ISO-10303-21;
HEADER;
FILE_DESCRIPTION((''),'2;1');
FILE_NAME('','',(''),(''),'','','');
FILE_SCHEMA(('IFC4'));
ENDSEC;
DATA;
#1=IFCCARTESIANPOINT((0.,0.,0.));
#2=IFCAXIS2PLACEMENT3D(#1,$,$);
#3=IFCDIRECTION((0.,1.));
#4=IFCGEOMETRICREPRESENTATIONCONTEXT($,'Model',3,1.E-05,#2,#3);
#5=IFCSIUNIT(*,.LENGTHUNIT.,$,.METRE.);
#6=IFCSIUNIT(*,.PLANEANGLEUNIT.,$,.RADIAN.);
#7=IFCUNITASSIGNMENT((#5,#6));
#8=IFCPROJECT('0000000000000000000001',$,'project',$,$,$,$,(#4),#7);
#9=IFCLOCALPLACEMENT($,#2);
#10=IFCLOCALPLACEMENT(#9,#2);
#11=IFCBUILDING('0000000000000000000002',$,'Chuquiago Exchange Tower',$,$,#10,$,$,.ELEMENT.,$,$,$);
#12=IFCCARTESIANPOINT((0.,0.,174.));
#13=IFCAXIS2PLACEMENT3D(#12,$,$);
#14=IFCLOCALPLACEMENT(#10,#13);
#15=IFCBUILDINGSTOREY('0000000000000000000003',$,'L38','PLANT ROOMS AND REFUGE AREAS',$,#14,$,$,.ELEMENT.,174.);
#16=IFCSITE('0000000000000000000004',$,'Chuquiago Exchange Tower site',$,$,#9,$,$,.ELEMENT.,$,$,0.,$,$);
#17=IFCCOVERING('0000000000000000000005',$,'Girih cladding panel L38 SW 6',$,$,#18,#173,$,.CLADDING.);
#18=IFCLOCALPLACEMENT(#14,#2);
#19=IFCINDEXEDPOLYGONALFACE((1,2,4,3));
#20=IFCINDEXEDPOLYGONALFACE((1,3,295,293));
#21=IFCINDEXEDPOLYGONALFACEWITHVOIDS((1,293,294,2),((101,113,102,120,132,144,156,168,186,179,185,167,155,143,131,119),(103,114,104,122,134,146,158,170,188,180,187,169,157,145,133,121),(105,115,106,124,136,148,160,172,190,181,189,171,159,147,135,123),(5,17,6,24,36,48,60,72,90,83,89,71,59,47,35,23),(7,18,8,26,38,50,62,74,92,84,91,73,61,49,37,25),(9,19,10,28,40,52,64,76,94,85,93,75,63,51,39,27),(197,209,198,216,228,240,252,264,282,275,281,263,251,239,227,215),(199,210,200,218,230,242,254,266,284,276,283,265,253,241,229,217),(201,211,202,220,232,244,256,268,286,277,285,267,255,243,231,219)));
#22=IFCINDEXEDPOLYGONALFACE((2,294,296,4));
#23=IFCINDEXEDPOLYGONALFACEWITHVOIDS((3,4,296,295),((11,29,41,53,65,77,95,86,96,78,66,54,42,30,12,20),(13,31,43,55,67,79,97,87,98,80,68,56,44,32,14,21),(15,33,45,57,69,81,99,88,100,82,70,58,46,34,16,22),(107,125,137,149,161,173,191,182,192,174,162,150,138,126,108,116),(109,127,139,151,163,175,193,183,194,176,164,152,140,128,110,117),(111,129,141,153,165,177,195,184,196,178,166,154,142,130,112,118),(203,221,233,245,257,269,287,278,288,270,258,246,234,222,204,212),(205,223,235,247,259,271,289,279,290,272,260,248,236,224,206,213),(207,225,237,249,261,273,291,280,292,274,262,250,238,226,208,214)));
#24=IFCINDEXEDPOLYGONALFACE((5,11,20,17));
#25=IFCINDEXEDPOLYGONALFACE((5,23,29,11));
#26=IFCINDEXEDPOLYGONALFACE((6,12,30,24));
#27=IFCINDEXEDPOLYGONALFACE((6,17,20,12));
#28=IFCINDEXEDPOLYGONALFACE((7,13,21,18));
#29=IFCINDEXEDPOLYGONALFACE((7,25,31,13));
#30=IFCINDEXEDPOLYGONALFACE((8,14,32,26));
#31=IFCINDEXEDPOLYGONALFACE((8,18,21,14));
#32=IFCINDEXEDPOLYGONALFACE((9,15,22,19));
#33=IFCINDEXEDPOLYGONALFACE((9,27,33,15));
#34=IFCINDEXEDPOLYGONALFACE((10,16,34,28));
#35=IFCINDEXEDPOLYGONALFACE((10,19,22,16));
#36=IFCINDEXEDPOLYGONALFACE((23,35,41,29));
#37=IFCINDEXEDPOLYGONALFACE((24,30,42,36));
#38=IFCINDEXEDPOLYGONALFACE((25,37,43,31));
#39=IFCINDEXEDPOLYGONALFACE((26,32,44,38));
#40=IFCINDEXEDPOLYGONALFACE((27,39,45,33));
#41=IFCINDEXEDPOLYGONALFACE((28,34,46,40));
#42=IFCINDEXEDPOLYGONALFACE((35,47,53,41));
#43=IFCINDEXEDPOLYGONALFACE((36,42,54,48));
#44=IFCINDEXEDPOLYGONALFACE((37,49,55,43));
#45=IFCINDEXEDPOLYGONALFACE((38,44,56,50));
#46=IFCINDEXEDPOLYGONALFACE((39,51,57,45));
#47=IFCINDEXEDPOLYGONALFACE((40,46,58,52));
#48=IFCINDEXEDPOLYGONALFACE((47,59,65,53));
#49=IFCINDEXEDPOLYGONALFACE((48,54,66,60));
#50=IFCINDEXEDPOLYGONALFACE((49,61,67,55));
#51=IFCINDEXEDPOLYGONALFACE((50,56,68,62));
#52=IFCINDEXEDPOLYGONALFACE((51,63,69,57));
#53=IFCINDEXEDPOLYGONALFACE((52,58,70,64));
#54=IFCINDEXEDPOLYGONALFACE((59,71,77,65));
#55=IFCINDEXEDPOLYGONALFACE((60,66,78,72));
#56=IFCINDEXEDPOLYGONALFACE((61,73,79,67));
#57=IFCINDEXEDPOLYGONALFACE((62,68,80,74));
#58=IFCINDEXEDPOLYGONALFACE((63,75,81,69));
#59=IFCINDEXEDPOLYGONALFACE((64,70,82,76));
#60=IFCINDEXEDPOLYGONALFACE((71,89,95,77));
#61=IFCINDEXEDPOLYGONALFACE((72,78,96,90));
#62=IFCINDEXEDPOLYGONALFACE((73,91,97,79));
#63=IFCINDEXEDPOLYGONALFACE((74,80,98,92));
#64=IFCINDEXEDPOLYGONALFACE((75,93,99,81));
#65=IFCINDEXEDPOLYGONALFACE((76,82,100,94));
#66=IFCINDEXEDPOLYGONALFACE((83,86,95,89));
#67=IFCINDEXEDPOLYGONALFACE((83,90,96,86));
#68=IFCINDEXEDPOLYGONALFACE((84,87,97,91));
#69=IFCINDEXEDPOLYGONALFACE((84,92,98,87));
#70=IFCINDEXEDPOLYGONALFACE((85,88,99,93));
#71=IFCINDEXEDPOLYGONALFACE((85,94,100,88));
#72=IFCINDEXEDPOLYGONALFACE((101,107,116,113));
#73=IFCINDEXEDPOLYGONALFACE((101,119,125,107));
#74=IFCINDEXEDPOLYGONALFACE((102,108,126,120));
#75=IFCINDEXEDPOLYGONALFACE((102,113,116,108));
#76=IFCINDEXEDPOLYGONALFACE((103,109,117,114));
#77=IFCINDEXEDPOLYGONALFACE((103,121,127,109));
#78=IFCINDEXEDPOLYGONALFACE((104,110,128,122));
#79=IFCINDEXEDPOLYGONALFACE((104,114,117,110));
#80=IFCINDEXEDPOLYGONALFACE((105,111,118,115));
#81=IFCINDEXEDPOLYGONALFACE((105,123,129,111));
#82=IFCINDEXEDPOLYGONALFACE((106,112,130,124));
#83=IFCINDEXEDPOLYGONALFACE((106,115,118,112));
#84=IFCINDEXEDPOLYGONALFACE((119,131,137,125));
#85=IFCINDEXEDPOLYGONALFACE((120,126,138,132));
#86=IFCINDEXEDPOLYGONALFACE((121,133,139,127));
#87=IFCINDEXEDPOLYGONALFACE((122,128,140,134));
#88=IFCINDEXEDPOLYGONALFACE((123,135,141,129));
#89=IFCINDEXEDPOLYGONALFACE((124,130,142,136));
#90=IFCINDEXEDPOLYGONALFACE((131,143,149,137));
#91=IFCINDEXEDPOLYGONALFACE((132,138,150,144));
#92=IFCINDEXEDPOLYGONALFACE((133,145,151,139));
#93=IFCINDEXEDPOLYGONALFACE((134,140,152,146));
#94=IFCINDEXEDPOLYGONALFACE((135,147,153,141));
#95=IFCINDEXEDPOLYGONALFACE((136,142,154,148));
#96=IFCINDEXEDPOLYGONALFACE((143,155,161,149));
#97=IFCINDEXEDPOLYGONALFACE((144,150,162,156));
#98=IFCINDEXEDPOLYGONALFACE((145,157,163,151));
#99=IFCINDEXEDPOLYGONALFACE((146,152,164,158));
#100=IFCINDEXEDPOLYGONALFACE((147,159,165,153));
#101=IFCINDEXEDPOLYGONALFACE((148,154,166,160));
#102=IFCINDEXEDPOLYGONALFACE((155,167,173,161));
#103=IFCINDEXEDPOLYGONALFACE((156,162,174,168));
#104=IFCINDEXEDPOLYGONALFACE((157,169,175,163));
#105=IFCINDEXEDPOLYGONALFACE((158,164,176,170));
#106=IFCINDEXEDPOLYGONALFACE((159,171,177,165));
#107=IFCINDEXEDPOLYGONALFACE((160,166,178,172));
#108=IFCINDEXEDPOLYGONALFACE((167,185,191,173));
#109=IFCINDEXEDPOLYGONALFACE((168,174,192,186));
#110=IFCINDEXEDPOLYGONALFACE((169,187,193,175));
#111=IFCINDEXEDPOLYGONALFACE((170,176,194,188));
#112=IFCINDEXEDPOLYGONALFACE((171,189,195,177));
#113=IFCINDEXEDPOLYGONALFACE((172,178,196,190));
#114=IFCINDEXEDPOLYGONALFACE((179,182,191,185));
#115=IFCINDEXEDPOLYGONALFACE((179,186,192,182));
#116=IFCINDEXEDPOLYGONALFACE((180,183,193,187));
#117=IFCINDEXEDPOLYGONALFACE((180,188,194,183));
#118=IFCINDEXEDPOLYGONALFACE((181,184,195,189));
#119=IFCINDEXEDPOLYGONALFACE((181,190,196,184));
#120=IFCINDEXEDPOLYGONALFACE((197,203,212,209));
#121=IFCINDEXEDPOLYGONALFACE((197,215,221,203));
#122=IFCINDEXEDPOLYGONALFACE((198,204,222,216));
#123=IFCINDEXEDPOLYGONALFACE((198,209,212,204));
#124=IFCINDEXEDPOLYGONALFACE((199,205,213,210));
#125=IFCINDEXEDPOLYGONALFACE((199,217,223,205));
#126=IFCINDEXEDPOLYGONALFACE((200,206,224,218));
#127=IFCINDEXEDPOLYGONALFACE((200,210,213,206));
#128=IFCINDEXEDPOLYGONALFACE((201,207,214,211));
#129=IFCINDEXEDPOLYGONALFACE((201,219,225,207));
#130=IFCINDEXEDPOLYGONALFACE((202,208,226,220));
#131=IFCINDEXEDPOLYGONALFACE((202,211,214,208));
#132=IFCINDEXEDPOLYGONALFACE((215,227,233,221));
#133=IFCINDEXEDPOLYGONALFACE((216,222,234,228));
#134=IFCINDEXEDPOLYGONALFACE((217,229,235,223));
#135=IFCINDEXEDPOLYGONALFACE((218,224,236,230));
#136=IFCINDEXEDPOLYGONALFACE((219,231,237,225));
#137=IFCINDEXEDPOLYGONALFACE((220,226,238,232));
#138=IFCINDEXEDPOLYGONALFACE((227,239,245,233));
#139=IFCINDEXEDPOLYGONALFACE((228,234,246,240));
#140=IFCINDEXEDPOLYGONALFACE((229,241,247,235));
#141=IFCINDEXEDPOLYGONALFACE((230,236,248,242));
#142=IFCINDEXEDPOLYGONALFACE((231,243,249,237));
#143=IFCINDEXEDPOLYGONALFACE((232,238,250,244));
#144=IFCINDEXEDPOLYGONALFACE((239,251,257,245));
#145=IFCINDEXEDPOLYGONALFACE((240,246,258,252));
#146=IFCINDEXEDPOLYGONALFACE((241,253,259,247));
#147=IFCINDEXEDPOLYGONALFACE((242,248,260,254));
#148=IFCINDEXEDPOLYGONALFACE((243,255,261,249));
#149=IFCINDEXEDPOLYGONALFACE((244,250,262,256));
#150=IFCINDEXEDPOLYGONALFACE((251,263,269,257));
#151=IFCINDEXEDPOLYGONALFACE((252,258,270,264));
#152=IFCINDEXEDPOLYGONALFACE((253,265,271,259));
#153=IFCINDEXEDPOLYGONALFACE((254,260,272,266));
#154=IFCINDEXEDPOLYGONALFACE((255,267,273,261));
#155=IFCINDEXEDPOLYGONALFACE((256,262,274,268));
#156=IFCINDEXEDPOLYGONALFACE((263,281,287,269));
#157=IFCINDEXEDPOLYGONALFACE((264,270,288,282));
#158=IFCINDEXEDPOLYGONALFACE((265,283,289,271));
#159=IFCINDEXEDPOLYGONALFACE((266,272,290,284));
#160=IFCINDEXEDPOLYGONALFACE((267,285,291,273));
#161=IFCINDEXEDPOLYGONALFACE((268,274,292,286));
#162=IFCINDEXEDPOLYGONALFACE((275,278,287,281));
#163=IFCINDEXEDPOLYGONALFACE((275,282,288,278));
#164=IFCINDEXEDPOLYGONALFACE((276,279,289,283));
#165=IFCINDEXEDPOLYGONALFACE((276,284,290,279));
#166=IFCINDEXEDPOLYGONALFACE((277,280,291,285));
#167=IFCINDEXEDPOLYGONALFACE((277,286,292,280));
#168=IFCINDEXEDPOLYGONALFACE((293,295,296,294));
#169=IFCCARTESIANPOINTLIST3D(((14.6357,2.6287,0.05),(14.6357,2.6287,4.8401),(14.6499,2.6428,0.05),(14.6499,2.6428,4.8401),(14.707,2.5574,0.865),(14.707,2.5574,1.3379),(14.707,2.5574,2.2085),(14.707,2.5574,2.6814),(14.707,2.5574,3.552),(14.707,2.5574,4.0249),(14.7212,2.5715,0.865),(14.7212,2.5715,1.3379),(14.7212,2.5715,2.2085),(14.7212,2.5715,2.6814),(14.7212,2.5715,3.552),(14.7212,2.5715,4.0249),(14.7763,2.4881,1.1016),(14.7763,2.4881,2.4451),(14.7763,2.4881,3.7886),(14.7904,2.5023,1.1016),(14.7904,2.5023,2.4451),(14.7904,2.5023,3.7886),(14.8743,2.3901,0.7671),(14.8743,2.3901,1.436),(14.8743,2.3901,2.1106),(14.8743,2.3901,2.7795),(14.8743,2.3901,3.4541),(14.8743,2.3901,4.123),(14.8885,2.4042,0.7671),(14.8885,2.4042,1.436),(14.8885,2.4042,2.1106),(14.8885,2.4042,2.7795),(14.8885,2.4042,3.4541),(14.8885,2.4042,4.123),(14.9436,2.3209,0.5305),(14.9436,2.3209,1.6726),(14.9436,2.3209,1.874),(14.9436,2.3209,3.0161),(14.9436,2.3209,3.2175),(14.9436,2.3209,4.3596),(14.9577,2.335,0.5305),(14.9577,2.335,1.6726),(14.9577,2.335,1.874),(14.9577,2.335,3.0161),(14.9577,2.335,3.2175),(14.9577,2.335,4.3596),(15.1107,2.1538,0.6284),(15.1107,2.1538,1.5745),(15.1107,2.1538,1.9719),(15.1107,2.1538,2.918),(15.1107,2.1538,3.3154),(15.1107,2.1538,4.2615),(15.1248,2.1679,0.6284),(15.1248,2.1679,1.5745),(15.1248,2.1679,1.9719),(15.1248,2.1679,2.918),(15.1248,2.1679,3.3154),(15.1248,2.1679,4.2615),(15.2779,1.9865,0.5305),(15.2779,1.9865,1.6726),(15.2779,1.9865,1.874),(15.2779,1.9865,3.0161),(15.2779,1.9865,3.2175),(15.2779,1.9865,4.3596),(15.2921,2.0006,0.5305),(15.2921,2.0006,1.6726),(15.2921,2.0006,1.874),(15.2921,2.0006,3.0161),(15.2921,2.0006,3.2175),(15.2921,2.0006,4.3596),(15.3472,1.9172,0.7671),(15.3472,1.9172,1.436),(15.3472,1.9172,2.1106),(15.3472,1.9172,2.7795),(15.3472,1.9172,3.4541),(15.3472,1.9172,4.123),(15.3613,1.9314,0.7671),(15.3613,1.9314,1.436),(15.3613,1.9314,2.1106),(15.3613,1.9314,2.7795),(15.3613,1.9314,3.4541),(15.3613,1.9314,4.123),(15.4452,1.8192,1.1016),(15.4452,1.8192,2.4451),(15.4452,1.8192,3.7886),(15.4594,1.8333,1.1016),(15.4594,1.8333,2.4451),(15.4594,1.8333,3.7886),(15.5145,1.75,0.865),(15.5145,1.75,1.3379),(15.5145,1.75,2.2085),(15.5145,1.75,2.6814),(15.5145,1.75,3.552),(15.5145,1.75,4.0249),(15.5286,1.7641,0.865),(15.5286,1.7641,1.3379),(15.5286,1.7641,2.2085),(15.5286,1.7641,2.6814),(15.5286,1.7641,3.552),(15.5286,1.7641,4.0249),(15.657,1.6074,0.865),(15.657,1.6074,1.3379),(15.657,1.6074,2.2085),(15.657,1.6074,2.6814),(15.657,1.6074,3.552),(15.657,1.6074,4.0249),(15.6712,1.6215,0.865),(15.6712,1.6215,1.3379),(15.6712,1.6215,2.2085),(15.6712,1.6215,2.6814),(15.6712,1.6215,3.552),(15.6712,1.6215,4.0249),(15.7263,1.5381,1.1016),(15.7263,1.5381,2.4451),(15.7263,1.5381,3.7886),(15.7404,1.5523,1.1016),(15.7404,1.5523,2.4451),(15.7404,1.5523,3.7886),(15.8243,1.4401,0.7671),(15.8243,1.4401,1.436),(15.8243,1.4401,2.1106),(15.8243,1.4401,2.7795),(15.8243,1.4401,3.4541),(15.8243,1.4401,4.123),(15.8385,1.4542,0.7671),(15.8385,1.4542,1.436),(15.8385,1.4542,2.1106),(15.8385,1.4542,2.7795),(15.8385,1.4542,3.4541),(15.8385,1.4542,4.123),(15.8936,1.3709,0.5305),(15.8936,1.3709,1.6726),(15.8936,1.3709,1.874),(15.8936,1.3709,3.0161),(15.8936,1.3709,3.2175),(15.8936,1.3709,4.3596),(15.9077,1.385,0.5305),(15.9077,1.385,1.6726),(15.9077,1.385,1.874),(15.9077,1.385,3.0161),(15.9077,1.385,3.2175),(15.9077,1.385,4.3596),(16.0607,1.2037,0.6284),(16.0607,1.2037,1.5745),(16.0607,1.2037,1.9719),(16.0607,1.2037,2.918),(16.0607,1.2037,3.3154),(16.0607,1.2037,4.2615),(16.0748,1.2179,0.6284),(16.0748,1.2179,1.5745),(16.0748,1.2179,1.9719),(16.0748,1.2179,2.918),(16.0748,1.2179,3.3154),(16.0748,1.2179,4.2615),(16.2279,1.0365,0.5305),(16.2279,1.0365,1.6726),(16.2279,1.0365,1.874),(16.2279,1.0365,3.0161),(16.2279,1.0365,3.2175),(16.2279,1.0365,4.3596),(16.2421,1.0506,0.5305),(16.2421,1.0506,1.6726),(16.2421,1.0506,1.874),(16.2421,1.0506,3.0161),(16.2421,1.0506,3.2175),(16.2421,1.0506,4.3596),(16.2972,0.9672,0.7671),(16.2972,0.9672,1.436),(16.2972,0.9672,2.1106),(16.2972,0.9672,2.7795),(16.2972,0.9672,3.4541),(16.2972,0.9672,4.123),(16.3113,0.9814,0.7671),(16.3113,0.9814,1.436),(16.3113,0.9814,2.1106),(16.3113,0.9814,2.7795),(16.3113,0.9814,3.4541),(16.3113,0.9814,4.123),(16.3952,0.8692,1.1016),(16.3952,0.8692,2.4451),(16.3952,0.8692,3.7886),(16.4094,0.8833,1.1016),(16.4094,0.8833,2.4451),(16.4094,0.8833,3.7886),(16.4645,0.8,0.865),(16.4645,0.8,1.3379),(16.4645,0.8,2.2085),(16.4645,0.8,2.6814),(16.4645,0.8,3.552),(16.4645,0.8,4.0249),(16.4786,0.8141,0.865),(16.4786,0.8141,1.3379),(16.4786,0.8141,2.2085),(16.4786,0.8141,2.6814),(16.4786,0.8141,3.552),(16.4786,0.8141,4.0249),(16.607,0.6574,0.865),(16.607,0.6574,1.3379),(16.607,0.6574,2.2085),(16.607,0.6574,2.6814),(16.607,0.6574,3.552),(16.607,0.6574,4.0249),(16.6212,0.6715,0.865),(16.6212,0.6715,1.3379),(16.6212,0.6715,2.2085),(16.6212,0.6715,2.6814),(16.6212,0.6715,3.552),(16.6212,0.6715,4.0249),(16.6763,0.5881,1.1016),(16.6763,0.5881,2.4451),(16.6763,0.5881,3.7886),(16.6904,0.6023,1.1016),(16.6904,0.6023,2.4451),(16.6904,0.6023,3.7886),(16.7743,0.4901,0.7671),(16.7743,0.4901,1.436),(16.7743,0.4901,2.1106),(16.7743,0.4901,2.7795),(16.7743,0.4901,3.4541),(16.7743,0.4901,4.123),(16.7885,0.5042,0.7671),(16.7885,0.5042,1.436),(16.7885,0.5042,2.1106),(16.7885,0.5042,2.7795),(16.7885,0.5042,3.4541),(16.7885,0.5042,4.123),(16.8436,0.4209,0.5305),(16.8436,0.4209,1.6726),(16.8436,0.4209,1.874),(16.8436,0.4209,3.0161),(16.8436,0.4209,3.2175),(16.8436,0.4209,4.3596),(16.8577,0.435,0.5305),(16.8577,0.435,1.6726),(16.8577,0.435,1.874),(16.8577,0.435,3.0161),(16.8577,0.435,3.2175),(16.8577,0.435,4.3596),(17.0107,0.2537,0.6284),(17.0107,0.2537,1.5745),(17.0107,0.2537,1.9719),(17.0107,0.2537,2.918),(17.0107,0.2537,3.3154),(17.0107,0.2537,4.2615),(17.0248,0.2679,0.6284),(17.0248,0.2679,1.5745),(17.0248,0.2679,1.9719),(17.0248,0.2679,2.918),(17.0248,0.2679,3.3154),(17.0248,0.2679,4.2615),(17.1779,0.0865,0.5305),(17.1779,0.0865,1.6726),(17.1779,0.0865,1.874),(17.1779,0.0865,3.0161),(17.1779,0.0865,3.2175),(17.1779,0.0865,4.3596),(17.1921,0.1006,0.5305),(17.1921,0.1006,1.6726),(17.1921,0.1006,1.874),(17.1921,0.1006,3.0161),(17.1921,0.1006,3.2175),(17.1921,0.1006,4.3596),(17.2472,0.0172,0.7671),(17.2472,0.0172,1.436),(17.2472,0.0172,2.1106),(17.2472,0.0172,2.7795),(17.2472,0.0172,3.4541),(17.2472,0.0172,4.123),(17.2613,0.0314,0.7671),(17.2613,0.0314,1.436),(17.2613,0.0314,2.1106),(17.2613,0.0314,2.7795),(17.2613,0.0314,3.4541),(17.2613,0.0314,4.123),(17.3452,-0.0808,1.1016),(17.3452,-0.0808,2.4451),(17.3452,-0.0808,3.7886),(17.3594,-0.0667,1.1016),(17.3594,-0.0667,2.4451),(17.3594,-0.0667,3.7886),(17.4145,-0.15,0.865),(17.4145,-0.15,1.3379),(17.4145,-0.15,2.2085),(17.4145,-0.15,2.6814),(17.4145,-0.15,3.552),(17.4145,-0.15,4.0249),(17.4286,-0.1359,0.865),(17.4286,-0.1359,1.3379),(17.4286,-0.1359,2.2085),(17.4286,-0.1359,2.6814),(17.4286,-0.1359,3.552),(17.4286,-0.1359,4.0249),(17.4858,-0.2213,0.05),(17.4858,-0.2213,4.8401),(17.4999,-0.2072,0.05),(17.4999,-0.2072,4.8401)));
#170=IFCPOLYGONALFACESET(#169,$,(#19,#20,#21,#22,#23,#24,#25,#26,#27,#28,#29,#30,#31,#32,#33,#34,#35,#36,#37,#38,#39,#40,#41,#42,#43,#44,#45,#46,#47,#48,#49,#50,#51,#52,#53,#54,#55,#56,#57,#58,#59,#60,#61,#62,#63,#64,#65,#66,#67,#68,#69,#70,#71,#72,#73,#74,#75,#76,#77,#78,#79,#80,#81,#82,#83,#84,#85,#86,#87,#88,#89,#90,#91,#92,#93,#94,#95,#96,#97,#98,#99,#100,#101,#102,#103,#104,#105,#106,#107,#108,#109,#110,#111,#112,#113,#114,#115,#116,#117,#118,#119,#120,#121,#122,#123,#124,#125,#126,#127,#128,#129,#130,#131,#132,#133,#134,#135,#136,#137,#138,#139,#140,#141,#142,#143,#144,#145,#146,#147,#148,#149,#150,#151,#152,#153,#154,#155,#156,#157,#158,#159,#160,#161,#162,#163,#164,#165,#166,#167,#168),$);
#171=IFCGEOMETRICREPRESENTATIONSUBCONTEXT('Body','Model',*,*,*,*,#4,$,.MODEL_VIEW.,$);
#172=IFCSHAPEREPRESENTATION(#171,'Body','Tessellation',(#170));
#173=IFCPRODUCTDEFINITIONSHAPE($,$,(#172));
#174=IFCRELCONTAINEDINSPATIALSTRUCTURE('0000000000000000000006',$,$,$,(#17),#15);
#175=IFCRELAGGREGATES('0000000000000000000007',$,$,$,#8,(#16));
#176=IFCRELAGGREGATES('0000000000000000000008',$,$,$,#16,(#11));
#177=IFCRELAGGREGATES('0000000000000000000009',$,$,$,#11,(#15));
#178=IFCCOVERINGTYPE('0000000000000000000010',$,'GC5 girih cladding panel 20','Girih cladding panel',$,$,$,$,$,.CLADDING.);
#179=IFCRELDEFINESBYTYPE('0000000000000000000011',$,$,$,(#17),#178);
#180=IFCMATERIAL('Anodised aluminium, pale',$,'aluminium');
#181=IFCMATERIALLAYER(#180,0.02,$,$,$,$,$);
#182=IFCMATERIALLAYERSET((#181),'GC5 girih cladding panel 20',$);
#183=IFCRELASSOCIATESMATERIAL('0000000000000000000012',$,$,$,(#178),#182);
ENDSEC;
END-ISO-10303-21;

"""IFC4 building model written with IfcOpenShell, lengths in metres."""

from ifc_helpers import new_model, si_unit, direction, frame, origin, place, context, subcontext, project, spatial, polyline, outline, extrude, material, layer, layer_set, type_object, element, save


model = new_model("IFC4")

# Units and contexts
model_context = context("Model", 3, precision=1e-05, world=origin(), true_north=direction((0.0, 1.0)))
body_context = subcontext(model_context, "Body", "Model", "MODEL_VIEW")
ifc_project = project(units=[si_unit("LENGTHUNIT", "METRE"), si_unit("PLANEANGLEUNIT", "RADIAN")], contexts=[model_context])

# Site, building, storey
site_placement = place(None, origin())
site = spatial("IfcSite", under=ifc_project, at=site_placement, Name="Chuquiago Exchange Tower site", CompositionType="ELEMENT", RefElevation=0.0)
building_placement = place(site_placement, origin())
building = spatial("IfcBuilding", under=site, at=building_placement, Name="Chuquiago Exchange Tower", CompositionType="ELEMENT")
storey_placement = place(building_placement, frame((0.0, 0.0, 174.0)))
storey = spatial("IfcBuildingStorey", under=building, at=storey_placement, Name="L38", Description="PLANT ROOMS AND REFUGE AREAS", CompositionType="ELEMENT", Elevation=174.0)

# Covering
ifc_material_1 = material(Name="Anodised aluminium, pale", Category="aluminium")
ifc_layer_1 = layer(ifc_material_1, 0.02)
ifc_layer_set_1 = layer_set([ifc_layer_1], Name="GC5 girih cladding panel 20")
covering_type_1 = type_object("IfcCoveringType", Name="GC5 girih cladding panel 20", Description="Girih cladding panel", PredefinedType="CLADDING", material=ifc_layer_set_1)
covering_1_placement = place(storey_placement, frame((14.6499, 2.6428, 0.05), z_axis=(0.0, 0.0, 1.0), x_axis=(0.707107, -0.707107, 0.0)))
element("IfcCovering", 1, at=covering_1_placement, inside=storey, type_object=covering_type_1, Name="Girih cladding panel L38 SW 6", PredefinedType="CLADDING", context=body_context, shape_type="SweptSolid", body=[
    extrude(outline(polyline([(0.0, 0.0), (4.0305, 0.0), (4.0305, 4.79), (0.0, 4.79), (0.0, 0.0)]), holes=[polyline([(1.1448, 1.0515), (1.2427, 1.2878), (1.0061, 1.386), (0.9082, 1.6226), (0.6716, 1.5244), (0.4353, 1.6226), (0.3374, 1.386), (0.1008, 1.2878), (0.1987, 1.0515), (0.1008, 0.8149), (0.3374, 0.717), (0.4353, 0.4805), (0.6716, 0.5784), (0.9082, 0.4805), (1.0061, 0.717), (1.2427, 0.8149), (1.1448, 1.0515)]), polyline([(2.4883, 1.0515), (2.5862, 1.2878), (2.3496, 1.386), (2.2517, 1.6226), (2.0151, 1.5244), (1.7788, 1.6226), (1.6809, 1.386), (1.4443, 1.2878), (1.5422, 1.0515), (1.4443, 0.8149), (1.6809, 0.717), (1.7788, 0.4805), (2.0151, 0.5784), (2.2517, 0.4805), (2.3496, 0.717), (2.5862, 0.8149), (2.4883, 1.0515)]), polyline([(3.8318, 1.0515), (3.9297, 1.2878), (3.6931, 1.386), (3.5952, 1.6226), (3.3586, 1.5244), (3.1223, 1.6226), (3.0244, 1.386), (2.7878, 1.2878), (2.8857, 1.0515), (2.7878, 0.8149), (3.0244, 0.717), (3.1223, 0.4805), (3.3586, 0.5784), (3.5952, 0.4805), (3.6931, 0.717), (3.9297, 0.8149), (3.8318, 1.0515)]), polyline([(1.1448, 2.395), (1.2427, 2.6313), (1.0061, 2.7295), (0.9082, 2.9661), (0.6716, 2.8679), (0.4353, 2.9661), (0.3374, 2.7295), (0.1008, 2.6313), (0.1987, 2.395), (0.1008, 2.1584), (0.3374, 2.0605), (0.4353, 1.824), (0.6716, 1.9219), (0.9082, 1.824), (1.0061, 2.0605), (1.2427, 2.1584), (1.1448, 2.395)]), polyline([(2.4883, 2.395), (2.5862, 2.6313), (2.3496, 2.7295), (2.2517, 2.9661), (2.0151, 2.8679), (1.7788, 2.9661), (1.6809, 2.7295), (1.4443, 2.6313), (1.5422, 2.395), (1.4443, 2.1584), (1.6809, 2.0605), (1.7788, 1.824), (2.0151, 1.9219), (2.2517, 1.824), (2.3496, 2.0605), (2.5862, 2.1584), (2.4883, 2.395)]), polyline([(3.8318, 2.395), (3.9297, 2.6313), (3.6931, 2.7295), (3.5952, 2.9661), (3.3586, 2.8679), (3.1223, 2.9661), (3.0244, 2.7295), (2.7878, 2.6313), (2.8857, 2.395), (2.7878, 2.1584), (3.0244, 2.0605), (3.1223, 1.824), (3.3586, 1.9219), (3.5952, 1.824), (3.6931, 2.0605), (3.9297, 2.1584), (3.8318, 2.395)]), polyline([(1.1448, 3.7385), (1.2427, 3.9749), (1.0061, 4.073), (0.9082, 4.3096), (0.6716, 4.2114), (0.4353, 4.3096), (0.3374, 4.073), (0.1008, 3.9749), (0.1987, 3.7385), (0.1008, 3.502), (0.3374, 3.4041), (0.4353, 3.1675), (0.6716, 3.2654), (0.9082, 3.1675), (1.0061, 3.4041), (1.2427, 3.502), (1.1448, 3.7385)]), polyline([(2.4883, 3.7385), (2.5862, 3.9749), (2.3496, 4.073), (2.2517, 4.3096), (2.0151, 4.2114), (1.7788, 4.3096), (1.6809, 4.073), (1.4443, 3.9749), (1.5422, 3.7385), (1.4443, 3.502), (1.6809, 3.4041), (1.7788, 3.1675), (2.0151, 3.2654), (2.2517, 3.1675), (2.3496, 3.4041), (2.5862, 3.502), (2.4883, 3.7385)]), polyline([(3.8318, 3.7385), (3.9297, 3.9749), (3.6931, 4.073), (3.5952, 4.3096), (3.3586, 4.2114), (3.1223, 4.3096), (3.0244, 4.073), (2.7878, 3.9749), (2.8857, 3.7385), (2.7878, 3.502), (3.0244, 3.4041), (3.1223, 3.1675), (3.3586, 3.2654), (3.5952, 3.1675), (3.6931, 3.4041), (3.9297, 3.502), (3.8318, 3.7385)])]), frame((0.0, 0.0, 0.0), z_axis=(0.0, -1.0, 0.0), x_axis=(1.0, 0.0, 0.0)), (0.0, 0.0, 1.0), 0.02),
])

save(model, "model.ifc")
